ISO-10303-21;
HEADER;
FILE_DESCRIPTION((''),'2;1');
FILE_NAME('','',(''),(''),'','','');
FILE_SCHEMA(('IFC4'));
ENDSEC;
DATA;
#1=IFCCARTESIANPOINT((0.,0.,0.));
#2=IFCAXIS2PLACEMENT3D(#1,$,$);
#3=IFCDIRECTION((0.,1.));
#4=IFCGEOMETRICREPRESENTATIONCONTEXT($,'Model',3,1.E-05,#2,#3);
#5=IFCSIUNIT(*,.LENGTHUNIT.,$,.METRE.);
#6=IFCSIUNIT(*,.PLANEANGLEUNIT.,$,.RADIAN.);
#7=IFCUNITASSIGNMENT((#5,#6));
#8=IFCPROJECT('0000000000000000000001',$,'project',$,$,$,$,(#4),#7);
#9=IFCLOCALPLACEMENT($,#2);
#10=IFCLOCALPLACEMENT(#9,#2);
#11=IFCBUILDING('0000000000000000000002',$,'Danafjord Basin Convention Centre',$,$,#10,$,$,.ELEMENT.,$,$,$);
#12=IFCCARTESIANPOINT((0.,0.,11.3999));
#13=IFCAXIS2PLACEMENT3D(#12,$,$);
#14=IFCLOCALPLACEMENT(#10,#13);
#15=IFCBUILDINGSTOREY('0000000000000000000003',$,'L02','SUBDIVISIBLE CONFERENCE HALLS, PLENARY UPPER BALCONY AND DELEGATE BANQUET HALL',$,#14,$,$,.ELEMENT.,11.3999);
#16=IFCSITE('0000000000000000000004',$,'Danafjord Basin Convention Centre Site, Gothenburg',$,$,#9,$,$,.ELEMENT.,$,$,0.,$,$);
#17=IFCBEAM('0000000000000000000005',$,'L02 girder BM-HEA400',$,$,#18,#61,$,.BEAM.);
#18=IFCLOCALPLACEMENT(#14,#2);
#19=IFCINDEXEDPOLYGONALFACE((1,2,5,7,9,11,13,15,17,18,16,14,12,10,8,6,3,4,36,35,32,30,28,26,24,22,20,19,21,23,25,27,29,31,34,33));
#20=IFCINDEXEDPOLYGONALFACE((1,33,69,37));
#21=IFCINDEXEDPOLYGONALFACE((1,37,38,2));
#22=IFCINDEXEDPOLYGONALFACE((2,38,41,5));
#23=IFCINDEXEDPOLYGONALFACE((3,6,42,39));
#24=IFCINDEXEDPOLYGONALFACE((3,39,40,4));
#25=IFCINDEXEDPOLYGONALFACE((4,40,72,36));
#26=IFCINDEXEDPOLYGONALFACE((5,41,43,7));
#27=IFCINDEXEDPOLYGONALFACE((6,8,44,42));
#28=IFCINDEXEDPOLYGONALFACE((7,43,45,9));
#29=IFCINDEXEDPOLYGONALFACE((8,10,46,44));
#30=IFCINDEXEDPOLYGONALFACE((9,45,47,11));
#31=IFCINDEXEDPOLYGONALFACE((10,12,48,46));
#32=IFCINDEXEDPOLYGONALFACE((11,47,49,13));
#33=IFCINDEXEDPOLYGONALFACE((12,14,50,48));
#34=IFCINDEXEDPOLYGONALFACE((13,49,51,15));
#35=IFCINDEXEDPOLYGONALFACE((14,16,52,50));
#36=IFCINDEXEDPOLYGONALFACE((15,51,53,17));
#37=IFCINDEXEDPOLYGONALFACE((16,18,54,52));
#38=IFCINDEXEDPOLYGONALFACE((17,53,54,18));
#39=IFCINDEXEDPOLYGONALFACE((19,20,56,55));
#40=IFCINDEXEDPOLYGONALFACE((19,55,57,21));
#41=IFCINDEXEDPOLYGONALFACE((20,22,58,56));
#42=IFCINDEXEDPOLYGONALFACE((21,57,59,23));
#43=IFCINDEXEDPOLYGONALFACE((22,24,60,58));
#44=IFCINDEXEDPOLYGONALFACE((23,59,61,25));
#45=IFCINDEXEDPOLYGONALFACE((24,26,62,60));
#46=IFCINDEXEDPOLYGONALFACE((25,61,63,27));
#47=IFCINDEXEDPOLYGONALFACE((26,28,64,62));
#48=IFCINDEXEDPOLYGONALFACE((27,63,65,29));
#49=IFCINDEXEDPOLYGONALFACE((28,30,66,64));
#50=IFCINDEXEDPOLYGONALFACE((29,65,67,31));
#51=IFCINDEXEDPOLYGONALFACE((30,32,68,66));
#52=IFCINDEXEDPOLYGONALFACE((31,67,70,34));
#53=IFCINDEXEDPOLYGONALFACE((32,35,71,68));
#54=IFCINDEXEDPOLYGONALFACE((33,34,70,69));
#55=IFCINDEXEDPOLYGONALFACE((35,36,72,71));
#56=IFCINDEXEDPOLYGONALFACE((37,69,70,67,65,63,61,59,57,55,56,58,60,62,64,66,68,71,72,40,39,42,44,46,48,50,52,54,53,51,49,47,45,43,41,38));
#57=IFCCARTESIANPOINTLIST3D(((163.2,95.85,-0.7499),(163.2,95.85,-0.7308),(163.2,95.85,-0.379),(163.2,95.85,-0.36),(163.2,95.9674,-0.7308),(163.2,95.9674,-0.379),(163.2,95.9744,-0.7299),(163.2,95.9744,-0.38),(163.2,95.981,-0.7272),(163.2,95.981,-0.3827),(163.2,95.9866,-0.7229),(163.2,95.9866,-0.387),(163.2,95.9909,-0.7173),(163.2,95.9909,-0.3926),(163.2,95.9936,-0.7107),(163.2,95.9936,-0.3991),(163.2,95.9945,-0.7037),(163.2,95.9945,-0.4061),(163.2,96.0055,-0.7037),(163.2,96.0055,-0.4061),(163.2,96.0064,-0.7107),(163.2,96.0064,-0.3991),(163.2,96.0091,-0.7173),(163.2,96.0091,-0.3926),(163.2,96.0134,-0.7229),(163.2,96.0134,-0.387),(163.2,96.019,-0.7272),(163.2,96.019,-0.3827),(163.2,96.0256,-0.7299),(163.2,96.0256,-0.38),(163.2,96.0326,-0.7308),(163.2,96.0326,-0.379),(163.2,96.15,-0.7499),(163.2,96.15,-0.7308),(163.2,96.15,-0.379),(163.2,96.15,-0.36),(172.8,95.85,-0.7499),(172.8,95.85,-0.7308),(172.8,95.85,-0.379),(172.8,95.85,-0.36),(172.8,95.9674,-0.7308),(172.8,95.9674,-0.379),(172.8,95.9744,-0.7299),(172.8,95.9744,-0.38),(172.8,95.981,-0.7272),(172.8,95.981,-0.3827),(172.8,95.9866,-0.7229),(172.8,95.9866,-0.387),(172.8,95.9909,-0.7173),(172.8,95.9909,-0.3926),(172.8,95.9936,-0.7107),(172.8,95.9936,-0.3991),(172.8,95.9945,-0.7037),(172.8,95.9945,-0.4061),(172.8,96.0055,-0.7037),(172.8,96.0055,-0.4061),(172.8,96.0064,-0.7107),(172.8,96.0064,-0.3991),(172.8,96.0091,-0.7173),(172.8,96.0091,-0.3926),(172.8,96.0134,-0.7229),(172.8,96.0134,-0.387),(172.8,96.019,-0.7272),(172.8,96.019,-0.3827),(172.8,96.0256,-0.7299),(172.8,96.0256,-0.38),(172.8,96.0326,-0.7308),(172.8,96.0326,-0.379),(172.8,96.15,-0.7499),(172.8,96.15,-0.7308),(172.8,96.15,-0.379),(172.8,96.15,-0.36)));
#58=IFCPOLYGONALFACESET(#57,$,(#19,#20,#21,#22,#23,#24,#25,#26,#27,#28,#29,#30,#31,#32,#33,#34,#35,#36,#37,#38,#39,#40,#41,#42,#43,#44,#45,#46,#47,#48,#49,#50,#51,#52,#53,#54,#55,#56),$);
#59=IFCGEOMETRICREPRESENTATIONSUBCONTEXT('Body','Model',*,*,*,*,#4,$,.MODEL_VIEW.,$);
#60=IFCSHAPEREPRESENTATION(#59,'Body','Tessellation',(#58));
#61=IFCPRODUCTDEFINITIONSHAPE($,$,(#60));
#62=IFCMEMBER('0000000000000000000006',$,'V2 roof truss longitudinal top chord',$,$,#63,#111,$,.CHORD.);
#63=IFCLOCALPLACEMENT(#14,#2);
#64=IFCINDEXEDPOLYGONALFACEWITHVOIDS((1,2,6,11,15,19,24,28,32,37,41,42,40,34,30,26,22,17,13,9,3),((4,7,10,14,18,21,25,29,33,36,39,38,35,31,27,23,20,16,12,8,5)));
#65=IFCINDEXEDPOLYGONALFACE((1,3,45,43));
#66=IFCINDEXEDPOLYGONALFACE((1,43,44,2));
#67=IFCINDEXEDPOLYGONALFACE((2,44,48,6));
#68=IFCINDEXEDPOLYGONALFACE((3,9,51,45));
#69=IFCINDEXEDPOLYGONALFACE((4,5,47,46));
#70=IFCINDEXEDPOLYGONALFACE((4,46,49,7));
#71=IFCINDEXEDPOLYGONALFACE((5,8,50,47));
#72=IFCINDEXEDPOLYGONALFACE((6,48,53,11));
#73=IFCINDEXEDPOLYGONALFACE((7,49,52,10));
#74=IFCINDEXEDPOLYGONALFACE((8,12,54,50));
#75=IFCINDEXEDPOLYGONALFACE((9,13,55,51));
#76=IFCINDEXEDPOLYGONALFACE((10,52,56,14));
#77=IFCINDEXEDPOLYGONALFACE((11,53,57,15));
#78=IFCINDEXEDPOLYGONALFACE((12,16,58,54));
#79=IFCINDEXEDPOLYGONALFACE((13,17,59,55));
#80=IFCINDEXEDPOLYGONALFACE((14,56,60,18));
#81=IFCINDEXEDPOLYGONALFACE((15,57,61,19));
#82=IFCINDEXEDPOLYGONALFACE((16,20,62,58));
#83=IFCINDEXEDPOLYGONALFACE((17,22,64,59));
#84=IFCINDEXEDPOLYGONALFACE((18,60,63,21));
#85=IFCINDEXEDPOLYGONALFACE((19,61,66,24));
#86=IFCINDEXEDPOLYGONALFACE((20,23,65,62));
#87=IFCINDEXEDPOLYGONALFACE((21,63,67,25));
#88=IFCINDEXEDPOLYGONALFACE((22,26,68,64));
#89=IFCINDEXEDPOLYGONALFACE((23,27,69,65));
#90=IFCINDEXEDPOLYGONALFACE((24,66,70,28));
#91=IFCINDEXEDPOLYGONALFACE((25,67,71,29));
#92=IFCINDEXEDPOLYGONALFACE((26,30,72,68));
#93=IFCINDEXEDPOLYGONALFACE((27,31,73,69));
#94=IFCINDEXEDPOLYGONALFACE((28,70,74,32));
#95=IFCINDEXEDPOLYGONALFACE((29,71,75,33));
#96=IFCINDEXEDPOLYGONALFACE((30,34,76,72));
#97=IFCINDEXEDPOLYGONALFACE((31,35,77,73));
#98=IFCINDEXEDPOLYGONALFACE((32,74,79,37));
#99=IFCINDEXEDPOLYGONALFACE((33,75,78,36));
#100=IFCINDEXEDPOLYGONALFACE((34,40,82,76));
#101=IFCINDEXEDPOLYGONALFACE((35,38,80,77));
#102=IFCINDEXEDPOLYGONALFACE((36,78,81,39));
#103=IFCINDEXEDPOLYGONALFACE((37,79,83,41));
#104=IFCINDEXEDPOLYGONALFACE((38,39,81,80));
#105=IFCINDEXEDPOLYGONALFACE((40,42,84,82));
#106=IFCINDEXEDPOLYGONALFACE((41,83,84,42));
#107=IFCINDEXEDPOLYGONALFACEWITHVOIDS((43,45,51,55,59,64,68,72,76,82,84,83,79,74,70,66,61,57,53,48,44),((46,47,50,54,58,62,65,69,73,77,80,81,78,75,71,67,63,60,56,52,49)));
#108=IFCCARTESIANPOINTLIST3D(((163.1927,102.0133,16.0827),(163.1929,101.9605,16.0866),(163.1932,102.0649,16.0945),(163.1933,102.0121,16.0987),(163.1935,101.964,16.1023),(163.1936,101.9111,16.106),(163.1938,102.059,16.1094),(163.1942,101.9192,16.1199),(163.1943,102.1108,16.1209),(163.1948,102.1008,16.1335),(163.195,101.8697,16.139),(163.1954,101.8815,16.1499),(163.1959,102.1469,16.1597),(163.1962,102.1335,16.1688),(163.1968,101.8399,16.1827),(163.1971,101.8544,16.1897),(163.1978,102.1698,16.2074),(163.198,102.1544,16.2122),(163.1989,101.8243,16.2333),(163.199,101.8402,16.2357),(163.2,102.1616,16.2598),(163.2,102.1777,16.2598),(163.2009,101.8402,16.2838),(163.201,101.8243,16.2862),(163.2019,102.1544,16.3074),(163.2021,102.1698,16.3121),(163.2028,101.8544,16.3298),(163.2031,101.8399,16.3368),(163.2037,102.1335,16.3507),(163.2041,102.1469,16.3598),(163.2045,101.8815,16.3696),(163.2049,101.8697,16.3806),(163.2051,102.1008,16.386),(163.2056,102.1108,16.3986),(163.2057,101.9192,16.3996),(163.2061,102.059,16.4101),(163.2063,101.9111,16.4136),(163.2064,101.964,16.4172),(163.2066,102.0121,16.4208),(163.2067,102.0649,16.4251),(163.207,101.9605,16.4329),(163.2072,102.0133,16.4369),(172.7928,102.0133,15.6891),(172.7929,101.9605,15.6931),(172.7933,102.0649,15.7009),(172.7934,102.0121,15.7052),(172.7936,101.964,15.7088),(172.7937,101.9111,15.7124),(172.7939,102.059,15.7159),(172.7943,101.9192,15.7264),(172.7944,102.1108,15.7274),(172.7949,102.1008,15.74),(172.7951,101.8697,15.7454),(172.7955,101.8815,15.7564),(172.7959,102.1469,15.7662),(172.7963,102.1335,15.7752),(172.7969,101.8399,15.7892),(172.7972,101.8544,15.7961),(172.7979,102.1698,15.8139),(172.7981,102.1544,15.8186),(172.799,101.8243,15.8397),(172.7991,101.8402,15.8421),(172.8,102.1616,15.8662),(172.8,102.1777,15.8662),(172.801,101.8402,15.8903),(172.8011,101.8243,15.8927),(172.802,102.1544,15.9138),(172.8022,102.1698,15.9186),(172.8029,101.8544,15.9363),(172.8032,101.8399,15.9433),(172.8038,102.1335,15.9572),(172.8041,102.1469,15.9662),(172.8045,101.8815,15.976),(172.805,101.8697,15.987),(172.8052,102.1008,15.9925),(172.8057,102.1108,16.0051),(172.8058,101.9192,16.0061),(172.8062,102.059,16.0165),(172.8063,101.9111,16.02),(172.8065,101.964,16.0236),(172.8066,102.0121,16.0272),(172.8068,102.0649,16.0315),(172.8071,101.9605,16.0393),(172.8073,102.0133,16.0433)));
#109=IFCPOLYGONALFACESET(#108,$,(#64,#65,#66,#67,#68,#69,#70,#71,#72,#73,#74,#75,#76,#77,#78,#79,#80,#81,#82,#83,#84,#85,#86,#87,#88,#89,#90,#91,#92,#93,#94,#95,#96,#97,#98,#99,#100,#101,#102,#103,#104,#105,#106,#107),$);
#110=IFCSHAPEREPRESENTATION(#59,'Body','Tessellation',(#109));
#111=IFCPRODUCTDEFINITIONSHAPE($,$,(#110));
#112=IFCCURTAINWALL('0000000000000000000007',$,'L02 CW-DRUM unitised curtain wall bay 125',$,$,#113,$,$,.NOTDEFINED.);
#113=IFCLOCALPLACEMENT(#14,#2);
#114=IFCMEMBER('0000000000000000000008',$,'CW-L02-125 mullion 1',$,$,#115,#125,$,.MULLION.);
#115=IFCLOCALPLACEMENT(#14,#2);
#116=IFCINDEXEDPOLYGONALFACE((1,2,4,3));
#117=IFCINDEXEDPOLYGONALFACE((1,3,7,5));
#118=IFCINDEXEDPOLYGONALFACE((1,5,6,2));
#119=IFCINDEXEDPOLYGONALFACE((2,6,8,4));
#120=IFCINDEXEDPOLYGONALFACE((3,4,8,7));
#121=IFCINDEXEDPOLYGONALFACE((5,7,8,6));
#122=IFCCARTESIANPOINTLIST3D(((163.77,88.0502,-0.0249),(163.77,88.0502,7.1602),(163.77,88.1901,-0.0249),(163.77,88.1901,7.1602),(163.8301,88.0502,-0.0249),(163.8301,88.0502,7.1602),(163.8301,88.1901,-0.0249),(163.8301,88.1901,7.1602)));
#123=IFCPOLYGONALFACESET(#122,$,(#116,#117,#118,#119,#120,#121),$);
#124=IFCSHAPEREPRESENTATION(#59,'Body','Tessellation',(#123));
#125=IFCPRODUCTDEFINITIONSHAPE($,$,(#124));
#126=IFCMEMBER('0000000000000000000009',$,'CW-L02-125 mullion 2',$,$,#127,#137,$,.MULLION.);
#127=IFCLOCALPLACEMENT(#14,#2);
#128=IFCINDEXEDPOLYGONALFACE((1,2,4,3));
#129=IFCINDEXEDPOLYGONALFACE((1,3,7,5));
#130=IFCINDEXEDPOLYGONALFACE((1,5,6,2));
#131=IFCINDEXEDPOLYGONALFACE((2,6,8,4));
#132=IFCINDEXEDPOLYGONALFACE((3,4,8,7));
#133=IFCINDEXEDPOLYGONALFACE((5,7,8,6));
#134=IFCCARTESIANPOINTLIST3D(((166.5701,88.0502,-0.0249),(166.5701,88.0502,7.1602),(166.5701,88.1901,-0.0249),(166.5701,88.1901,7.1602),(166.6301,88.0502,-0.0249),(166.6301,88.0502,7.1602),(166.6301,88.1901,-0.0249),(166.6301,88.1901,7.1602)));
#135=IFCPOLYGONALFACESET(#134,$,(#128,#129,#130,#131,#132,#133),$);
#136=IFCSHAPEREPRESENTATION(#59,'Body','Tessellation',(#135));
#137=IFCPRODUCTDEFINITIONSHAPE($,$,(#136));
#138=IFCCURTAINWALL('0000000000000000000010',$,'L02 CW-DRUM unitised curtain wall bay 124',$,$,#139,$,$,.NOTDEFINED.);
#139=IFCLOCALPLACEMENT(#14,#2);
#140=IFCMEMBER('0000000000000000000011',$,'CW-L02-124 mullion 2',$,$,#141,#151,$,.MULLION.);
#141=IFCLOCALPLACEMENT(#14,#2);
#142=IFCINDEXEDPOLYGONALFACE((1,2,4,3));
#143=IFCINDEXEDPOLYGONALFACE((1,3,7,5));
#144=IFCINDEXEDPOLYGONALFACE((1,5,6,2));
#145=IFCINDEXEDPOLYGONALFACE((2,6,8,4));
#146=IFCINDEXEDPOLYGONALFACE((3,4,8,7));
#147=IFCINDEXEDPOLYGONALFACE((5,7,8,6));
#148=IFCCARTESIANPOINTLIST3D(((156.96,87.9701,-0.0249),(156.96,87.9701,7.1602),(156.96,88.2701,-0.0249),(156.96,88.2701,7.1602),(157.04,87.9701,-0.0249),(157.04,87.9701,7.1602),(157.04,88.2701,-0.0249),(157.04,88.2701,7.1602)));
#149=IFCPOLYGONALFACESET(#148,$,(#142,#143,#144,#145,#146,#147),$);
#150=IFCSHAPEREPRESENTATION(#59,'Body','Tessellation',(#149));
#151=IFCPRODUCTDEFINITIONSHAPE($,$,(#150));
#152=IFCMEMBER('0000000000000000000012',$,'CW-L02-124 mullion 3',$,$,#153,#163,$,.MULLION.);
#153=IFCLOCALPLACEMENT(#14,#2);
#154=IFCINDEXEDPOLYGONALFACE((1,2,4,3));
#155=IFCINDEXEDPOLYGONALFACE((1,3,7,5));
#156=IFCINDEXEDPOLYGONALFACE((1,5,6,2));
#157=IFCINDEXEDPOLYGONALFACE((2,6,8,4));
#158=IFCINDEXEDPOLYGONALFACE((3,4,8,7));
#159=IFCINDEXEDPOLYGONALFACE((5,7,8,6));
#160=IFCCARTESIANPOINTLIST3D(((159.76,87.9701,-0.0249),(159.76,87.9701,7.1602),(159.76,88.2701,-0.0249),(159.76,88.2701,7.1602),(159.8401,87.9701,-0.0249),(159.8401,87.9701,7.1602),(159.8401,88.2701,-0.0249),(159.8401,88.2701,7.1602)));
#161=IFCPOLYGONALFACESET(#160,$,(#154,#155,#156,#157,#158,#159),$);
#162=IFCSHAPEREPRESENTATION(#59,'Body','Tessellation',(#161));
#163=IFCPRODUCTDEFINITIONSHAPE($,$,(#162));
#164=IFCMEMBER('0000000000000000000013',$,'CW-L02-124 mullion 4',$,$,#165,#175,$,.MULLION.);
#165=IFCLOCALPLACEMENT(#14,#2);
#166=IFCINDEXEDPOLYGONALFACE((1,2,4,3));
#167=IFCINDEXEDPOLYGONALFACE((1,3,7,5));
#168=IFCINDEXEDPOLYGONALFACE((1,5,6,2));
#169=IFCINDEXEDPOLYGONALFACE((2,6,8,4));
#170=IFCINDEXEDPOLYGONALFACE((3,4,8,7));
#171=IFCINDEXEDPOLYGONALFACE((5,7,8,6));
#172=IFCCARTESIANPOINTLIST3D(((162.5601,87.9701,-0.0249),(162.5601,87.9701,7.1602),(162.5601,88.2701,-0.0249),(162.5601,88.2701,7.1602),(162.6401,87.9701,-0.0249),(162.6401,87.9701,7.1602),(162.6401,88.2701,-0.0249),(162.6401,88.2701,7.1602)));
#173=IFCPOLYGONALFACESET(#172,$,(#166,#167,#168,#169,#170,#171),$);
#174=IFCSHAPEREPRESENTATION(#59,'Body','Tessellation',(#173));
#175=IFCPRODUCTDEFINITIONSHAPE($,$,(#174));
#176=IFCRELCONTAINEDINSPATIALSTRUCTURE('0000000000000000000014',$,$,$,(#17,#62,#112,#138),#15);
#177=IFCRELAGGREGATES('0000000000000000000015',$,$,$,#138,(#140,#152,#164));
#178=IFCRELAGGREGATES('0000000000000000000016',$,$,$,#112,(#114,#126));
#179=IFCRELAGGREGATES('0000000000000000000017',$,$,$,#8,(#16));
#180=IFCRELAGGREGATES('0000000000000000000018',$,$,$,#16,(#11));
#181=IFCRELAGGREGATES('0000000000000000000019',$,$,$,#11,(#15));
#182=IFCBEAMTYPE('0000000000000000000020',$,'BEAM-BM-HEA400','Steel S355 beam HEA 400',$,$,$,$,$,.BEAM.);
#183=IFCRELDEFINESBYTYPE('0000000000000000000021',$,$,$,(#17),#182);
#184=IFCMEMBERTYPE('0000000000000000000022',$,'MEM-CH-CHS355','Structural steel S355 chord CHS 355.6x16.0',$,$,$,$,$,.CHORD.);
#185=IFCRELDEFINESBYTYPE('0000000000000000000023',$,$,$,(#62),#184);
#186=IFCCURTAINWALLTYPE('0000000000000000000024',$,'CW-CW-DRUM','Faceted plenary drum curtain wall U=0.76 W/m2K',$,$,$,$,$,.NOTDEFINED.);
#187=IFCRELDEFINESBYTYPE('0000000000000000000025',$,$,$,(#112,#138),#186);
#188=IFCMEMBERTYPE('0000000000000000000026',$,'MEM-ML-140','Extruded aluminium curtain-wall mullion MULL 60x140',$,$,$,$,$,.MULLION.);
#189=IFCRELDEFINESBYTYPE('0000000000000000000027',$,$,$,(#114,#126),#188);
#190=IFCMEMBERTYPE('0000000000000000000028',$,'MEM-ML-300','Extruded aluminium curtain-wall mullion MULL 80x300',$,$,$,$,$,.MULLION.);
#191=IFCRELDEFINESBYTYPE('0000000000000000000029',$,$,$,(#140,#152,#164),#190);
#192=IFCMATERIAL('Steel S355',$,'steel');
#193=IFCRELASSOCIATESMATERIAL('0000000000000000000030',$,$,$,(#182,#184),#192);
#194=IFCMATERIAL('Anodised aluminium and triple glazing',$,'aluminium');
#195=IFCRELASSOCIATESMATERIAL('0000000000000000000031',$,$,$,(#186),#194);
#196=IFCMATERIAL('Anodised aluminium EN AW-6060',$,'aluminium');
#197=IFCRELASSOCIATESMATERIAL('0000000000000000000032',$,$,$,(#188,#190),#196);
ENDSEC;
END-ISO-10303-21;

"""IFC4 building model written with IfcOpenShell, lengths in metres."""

from ifc_helpers import new_model, si_unit, direction, frame, origin, origin_2d, place, context, subcontext, project, spatial, rectangle, hollow_circle, i_section, extrude, material, material_profile, profile_set, type_object, element, aggregate, save


model = new_model("IFC4")

# Units and contexts
model_context = context("Model", 3, precision=1e-05, world=origin(), true_north=direction((0.0, 1.0)))
body_context = subcontext(model_context, "Body", "Model", "MODEL_VIEW")
ifc_project = project(units=[si_unit("LENGTHUNIT", "METRE"), si_unit("PLANEANGLEUNIT", "RADIAN")], contexts=[model_context])

# Site, building, storey
site_placement = place(None, origin())
site = spatial("IfcSite", under=ifc_project, at=site_placement, Name="Danafjord Basin Convention Centre Site, Gothenburg", CompositionType="ELEMENT", RefElevation=0.0)
building_placement = place(site_placement, origin())
building = spatial("IfcBuilding", under=site, at=building_placement, Name="Danafjord Basin Convention Centre", CompositionType="ELEMENT")
storey_placement = place(building_placement, frame((0.0, 0.0, 11.3999)))
storey = spatial("IfcBuildingStorey", under=building, at=storey_placement, Name="L02", Description="SUBDIVISIBLE CONFERENCE HALLS, PLENARY UPPER BALCONY AND DELEGATE BANQUET HALL", CompositionType="ELEMENT", Elevation=11.3999)

# Beam
ifc_material_1 = material(Name="Steel S355", Category="steel")
ifc_material_profile_1 = material_profile(ifc_material_1, i_section(OverallWidth=0.3, OverallDepth=0.3899, WebThickness=0.011, FlangeThickness=0.019, FilletRadius=0.0271, at=origin_2d()), Name="HEA 400")
ifc_profile_set_1 = profile_set([ifc_material_profile_1], Name="Steel S355")
beam_type = type_object("IfcBeamType", Name="BEAM-BM-HEA400", Description="Steel S355 beam HEA 400", PredefinedType="BEAM", material=ifc_profile_set_1)
beam_placement = place(storey_placement, frame((163.2, 96.0, -0.5549), z_axis=(1.0, 0.0, 0.0), x_axis=(0.0, 1.0, 0.0)))
element("IfcBeam", 1, at=beam_placement, inside=storey, type_object=beam_type, Name="L02 girder BM-HEA400", PredefinedType="BEAM", context=body_context, shape_type="SweptSolid", body=[
    extrude(i_section(OverallWidth=0.3, OverallDepth=0.3899, WebThickness=0.011, FlangeThickness=0.019, FilletRadius=0.0271, at=origin_2d()), origin(), (0.0, 0.0, 1.0), 9.6001),
])

# Member
ifc_material_profile_2 = material_profile(ifc_material_1, hollow_circle(Radius=0.1777, WallThickness=0.0161, at=origin_2d()), Name="CHS 355.6x16.0")
ifc_profile_set_2 = profile_set([ifc_material_profile_2], Name="Steel S355")
member_type_1 = type_object("IfcMemberType", Name="MEM-CH-CHS355", Description="Structural steel S355 chord CHS 355.6x16.0", PredefinedType="CHORD", material=ifc_profile_set_2)
member_1_placement = place(storey_placement, frame((163.2, 102.0, 16.2598), z_axis=(0.999161, 0.0, -0.04096), x_axis=(0.0, 1.0, 0.0)))
element("IfcMember", 2, at=member_1_placement, inside=storey, type_object=member_type_1, Name="V2 roof truss longitudinal top chord", PredefinedType="CHORD", context=body_context, shape_type="SweptSolid", body=[
    extrude(hollow_circle(Radius=0.1777, WallThickness=0.0161, at=origin_2d()), origin(), (0.0, 0.0, 1.0), 9.6082),
])

# Curtain walls, members
ifc_material_2 = material(Name="Anodised aluminium and triple glazing", Category="aluminium")
curtain_wall_type = type_object("IfcCurtainWallType", Name="CW-CW-DRUM", Description="Faceted plenary drum curtain wall U=0.76 W/m2K", PredefinedType="NOTDEFINED", material=ifc_material_2)
curtain_wall_1_placement = place(storey_placement, origin())
curtain_wall_1 = element("IfcCurtainWall", 3, at=curtain_wall_1_placement, inside=storey, type_object=curtain_wall_type, Name="L02 CW-DRUM unitised curtain wall bay 125", PredefinedType="NOTDEFINED")
ifc_material_3 = material(Name="Anodised aluminium EN AW-6060", Category="aluminium")
ifc_material_profile_3 = material_profile(ifc_material_3, rectangle(XDim=0.0601, YDim=0.1399, at=origin_2d()), Name="MULL 60x140")
ifc_profile_set_3 = profile_set([ifc_material_profile_3], Name="Anodised aluminium EN AW-6060")
member_type_2 = type_object("IfcMemberType", Name="MEM-ML-140", Description="Extruded aluminium curtain-wall mullion MULL 60x140", PredefinedType="MULLION", material=ifc_profile_set_3)
member_2_placement = place(storey_placement, frame((163.8, 88.1201, -0.0249), z_axis=(0.0, 0.0, 1.0), x_axis=(1.0, 0.0, 0.0)))
member_2 = element("IfcMember", 4, at=member_2_placement, type_object=member_type_2, Name="CW-L02-125 mullion 1", PredefinedType="MULLION", context=body_context, shape_type="SweptSolid", body=[
    extrude(rectangle(XDim=0.0601, YDim=0.1399, at=origin_2d()), origin(), (0.0, 0.0, 1.0), 7.1851),
])
member_3_placement = place(storey_placement, frame((166.6001, 88.1201, -0.0249), z_axis=(0.0, 0.0, 1.0), x_axis=(1.0, 0.0, 0.0)))
member_3 = element("IfcMember", 5, at=member_3_placement, type_object=member_type_2, Name="CW-L02-125 mullion 2", PredefinedType="MULLION", context=body_context, shape_type="SweptSolid", body=[
    extrude(rectangle(XDim=0.0601, YDim=0.1399, at=origin_2d()), origin(), (0.0, 0.0, 1.0), 7.1851),
])
curtain_wall_2_placement = place(storey_placement, origin())
curtain_wall_2 = element("IfcCurtainWall", 6, at=curtain_wall_2_placement, inside=storey, type_object=curtain_wall_type, Name="L02 CW-DRUM unitised curtain wall bay 124", PredefinedType="NOTDEFINED")
ifc_material_profile_4 = material_profile(ifc_material_3, rectangle(XDim=0.0801, YDim=0.3, at=origin_2d()), Name="MULL 80x300")
ifc_profile_set_4 = profile_set([ifc_material_profile_4], Name="Anodised aluminium EN AW-6060")
member_type_3 = type_object("IfcMemberType", Name="MEM-ML-300", Description="Extruded aluminium curtain-wall mullion MULL 80x300", PredefinedType="MULLION", material=ifc_profile_set_4)
member_4_placement = place(storey_placement, frame((157.0, 88.1201, -0.0249), z_axis=(0.0, 0.0, 1.0), x_axis=(1.0, 0.0, 0.0)))
member_4 = element("IfcMember", 7, at=member_4_placement, type_object=member_type_3, Name="CW-L02-124 mullion 2", PredefinedType="MULLION", context=body_context, shape_type="SweptSolid", body=[
    extrude(rectangle(XDim=0.0801, YDim=0.3, at=origin_2d()), origin(), (0.0, 0.0, 1.0), 7.1851),
])
member_5_placement = place(storey_placement, frame((159.8, 88.1201, -0.0249), z_axis=(0.0, 0.0, 1.0), x_axis=(1.0, 0.0, 0.0)))
member_5 = element("IfcMember", 8, at=member_5_placement, type_object=member_type_3, Name="CW-L02-124 mullion 3", PredefinedType="MULLION", context=body_context, shape_type="SweptSolid", body=[
    extrude(rectangle(XDim=0.0801, YDim=0.3, at=origin_2d()), origin(), (0.0, 0.0, 1.0), 7.1851),
])
member_6_placement = place(storey_placement, frame((162.6001, 88.1201, -0.0249), z_axis=(0.0, 0.0, 1.0), x_axis=(1.0, 0.0, 0.0)))
member_6 = element("IfcMember", 9, at=member_6_placement, type_object=member_type_3, Name="CW-L02-124 mullion 4", PredefinedType="MULLION", context=body_context, shape_type="SweptSolid", body=[
    extrude(rectangle(XDim=0.0801, YDim=0.3, at=origin_2d()), origin(), (0.0, 0.0, 1.0), 7.1851),
])

aggregate(curtain_wall_2, [member_4, member_5, member_6])
aggregate(curtain_wall_1, [member_2, member_3])

save(model, "model.ifc")
